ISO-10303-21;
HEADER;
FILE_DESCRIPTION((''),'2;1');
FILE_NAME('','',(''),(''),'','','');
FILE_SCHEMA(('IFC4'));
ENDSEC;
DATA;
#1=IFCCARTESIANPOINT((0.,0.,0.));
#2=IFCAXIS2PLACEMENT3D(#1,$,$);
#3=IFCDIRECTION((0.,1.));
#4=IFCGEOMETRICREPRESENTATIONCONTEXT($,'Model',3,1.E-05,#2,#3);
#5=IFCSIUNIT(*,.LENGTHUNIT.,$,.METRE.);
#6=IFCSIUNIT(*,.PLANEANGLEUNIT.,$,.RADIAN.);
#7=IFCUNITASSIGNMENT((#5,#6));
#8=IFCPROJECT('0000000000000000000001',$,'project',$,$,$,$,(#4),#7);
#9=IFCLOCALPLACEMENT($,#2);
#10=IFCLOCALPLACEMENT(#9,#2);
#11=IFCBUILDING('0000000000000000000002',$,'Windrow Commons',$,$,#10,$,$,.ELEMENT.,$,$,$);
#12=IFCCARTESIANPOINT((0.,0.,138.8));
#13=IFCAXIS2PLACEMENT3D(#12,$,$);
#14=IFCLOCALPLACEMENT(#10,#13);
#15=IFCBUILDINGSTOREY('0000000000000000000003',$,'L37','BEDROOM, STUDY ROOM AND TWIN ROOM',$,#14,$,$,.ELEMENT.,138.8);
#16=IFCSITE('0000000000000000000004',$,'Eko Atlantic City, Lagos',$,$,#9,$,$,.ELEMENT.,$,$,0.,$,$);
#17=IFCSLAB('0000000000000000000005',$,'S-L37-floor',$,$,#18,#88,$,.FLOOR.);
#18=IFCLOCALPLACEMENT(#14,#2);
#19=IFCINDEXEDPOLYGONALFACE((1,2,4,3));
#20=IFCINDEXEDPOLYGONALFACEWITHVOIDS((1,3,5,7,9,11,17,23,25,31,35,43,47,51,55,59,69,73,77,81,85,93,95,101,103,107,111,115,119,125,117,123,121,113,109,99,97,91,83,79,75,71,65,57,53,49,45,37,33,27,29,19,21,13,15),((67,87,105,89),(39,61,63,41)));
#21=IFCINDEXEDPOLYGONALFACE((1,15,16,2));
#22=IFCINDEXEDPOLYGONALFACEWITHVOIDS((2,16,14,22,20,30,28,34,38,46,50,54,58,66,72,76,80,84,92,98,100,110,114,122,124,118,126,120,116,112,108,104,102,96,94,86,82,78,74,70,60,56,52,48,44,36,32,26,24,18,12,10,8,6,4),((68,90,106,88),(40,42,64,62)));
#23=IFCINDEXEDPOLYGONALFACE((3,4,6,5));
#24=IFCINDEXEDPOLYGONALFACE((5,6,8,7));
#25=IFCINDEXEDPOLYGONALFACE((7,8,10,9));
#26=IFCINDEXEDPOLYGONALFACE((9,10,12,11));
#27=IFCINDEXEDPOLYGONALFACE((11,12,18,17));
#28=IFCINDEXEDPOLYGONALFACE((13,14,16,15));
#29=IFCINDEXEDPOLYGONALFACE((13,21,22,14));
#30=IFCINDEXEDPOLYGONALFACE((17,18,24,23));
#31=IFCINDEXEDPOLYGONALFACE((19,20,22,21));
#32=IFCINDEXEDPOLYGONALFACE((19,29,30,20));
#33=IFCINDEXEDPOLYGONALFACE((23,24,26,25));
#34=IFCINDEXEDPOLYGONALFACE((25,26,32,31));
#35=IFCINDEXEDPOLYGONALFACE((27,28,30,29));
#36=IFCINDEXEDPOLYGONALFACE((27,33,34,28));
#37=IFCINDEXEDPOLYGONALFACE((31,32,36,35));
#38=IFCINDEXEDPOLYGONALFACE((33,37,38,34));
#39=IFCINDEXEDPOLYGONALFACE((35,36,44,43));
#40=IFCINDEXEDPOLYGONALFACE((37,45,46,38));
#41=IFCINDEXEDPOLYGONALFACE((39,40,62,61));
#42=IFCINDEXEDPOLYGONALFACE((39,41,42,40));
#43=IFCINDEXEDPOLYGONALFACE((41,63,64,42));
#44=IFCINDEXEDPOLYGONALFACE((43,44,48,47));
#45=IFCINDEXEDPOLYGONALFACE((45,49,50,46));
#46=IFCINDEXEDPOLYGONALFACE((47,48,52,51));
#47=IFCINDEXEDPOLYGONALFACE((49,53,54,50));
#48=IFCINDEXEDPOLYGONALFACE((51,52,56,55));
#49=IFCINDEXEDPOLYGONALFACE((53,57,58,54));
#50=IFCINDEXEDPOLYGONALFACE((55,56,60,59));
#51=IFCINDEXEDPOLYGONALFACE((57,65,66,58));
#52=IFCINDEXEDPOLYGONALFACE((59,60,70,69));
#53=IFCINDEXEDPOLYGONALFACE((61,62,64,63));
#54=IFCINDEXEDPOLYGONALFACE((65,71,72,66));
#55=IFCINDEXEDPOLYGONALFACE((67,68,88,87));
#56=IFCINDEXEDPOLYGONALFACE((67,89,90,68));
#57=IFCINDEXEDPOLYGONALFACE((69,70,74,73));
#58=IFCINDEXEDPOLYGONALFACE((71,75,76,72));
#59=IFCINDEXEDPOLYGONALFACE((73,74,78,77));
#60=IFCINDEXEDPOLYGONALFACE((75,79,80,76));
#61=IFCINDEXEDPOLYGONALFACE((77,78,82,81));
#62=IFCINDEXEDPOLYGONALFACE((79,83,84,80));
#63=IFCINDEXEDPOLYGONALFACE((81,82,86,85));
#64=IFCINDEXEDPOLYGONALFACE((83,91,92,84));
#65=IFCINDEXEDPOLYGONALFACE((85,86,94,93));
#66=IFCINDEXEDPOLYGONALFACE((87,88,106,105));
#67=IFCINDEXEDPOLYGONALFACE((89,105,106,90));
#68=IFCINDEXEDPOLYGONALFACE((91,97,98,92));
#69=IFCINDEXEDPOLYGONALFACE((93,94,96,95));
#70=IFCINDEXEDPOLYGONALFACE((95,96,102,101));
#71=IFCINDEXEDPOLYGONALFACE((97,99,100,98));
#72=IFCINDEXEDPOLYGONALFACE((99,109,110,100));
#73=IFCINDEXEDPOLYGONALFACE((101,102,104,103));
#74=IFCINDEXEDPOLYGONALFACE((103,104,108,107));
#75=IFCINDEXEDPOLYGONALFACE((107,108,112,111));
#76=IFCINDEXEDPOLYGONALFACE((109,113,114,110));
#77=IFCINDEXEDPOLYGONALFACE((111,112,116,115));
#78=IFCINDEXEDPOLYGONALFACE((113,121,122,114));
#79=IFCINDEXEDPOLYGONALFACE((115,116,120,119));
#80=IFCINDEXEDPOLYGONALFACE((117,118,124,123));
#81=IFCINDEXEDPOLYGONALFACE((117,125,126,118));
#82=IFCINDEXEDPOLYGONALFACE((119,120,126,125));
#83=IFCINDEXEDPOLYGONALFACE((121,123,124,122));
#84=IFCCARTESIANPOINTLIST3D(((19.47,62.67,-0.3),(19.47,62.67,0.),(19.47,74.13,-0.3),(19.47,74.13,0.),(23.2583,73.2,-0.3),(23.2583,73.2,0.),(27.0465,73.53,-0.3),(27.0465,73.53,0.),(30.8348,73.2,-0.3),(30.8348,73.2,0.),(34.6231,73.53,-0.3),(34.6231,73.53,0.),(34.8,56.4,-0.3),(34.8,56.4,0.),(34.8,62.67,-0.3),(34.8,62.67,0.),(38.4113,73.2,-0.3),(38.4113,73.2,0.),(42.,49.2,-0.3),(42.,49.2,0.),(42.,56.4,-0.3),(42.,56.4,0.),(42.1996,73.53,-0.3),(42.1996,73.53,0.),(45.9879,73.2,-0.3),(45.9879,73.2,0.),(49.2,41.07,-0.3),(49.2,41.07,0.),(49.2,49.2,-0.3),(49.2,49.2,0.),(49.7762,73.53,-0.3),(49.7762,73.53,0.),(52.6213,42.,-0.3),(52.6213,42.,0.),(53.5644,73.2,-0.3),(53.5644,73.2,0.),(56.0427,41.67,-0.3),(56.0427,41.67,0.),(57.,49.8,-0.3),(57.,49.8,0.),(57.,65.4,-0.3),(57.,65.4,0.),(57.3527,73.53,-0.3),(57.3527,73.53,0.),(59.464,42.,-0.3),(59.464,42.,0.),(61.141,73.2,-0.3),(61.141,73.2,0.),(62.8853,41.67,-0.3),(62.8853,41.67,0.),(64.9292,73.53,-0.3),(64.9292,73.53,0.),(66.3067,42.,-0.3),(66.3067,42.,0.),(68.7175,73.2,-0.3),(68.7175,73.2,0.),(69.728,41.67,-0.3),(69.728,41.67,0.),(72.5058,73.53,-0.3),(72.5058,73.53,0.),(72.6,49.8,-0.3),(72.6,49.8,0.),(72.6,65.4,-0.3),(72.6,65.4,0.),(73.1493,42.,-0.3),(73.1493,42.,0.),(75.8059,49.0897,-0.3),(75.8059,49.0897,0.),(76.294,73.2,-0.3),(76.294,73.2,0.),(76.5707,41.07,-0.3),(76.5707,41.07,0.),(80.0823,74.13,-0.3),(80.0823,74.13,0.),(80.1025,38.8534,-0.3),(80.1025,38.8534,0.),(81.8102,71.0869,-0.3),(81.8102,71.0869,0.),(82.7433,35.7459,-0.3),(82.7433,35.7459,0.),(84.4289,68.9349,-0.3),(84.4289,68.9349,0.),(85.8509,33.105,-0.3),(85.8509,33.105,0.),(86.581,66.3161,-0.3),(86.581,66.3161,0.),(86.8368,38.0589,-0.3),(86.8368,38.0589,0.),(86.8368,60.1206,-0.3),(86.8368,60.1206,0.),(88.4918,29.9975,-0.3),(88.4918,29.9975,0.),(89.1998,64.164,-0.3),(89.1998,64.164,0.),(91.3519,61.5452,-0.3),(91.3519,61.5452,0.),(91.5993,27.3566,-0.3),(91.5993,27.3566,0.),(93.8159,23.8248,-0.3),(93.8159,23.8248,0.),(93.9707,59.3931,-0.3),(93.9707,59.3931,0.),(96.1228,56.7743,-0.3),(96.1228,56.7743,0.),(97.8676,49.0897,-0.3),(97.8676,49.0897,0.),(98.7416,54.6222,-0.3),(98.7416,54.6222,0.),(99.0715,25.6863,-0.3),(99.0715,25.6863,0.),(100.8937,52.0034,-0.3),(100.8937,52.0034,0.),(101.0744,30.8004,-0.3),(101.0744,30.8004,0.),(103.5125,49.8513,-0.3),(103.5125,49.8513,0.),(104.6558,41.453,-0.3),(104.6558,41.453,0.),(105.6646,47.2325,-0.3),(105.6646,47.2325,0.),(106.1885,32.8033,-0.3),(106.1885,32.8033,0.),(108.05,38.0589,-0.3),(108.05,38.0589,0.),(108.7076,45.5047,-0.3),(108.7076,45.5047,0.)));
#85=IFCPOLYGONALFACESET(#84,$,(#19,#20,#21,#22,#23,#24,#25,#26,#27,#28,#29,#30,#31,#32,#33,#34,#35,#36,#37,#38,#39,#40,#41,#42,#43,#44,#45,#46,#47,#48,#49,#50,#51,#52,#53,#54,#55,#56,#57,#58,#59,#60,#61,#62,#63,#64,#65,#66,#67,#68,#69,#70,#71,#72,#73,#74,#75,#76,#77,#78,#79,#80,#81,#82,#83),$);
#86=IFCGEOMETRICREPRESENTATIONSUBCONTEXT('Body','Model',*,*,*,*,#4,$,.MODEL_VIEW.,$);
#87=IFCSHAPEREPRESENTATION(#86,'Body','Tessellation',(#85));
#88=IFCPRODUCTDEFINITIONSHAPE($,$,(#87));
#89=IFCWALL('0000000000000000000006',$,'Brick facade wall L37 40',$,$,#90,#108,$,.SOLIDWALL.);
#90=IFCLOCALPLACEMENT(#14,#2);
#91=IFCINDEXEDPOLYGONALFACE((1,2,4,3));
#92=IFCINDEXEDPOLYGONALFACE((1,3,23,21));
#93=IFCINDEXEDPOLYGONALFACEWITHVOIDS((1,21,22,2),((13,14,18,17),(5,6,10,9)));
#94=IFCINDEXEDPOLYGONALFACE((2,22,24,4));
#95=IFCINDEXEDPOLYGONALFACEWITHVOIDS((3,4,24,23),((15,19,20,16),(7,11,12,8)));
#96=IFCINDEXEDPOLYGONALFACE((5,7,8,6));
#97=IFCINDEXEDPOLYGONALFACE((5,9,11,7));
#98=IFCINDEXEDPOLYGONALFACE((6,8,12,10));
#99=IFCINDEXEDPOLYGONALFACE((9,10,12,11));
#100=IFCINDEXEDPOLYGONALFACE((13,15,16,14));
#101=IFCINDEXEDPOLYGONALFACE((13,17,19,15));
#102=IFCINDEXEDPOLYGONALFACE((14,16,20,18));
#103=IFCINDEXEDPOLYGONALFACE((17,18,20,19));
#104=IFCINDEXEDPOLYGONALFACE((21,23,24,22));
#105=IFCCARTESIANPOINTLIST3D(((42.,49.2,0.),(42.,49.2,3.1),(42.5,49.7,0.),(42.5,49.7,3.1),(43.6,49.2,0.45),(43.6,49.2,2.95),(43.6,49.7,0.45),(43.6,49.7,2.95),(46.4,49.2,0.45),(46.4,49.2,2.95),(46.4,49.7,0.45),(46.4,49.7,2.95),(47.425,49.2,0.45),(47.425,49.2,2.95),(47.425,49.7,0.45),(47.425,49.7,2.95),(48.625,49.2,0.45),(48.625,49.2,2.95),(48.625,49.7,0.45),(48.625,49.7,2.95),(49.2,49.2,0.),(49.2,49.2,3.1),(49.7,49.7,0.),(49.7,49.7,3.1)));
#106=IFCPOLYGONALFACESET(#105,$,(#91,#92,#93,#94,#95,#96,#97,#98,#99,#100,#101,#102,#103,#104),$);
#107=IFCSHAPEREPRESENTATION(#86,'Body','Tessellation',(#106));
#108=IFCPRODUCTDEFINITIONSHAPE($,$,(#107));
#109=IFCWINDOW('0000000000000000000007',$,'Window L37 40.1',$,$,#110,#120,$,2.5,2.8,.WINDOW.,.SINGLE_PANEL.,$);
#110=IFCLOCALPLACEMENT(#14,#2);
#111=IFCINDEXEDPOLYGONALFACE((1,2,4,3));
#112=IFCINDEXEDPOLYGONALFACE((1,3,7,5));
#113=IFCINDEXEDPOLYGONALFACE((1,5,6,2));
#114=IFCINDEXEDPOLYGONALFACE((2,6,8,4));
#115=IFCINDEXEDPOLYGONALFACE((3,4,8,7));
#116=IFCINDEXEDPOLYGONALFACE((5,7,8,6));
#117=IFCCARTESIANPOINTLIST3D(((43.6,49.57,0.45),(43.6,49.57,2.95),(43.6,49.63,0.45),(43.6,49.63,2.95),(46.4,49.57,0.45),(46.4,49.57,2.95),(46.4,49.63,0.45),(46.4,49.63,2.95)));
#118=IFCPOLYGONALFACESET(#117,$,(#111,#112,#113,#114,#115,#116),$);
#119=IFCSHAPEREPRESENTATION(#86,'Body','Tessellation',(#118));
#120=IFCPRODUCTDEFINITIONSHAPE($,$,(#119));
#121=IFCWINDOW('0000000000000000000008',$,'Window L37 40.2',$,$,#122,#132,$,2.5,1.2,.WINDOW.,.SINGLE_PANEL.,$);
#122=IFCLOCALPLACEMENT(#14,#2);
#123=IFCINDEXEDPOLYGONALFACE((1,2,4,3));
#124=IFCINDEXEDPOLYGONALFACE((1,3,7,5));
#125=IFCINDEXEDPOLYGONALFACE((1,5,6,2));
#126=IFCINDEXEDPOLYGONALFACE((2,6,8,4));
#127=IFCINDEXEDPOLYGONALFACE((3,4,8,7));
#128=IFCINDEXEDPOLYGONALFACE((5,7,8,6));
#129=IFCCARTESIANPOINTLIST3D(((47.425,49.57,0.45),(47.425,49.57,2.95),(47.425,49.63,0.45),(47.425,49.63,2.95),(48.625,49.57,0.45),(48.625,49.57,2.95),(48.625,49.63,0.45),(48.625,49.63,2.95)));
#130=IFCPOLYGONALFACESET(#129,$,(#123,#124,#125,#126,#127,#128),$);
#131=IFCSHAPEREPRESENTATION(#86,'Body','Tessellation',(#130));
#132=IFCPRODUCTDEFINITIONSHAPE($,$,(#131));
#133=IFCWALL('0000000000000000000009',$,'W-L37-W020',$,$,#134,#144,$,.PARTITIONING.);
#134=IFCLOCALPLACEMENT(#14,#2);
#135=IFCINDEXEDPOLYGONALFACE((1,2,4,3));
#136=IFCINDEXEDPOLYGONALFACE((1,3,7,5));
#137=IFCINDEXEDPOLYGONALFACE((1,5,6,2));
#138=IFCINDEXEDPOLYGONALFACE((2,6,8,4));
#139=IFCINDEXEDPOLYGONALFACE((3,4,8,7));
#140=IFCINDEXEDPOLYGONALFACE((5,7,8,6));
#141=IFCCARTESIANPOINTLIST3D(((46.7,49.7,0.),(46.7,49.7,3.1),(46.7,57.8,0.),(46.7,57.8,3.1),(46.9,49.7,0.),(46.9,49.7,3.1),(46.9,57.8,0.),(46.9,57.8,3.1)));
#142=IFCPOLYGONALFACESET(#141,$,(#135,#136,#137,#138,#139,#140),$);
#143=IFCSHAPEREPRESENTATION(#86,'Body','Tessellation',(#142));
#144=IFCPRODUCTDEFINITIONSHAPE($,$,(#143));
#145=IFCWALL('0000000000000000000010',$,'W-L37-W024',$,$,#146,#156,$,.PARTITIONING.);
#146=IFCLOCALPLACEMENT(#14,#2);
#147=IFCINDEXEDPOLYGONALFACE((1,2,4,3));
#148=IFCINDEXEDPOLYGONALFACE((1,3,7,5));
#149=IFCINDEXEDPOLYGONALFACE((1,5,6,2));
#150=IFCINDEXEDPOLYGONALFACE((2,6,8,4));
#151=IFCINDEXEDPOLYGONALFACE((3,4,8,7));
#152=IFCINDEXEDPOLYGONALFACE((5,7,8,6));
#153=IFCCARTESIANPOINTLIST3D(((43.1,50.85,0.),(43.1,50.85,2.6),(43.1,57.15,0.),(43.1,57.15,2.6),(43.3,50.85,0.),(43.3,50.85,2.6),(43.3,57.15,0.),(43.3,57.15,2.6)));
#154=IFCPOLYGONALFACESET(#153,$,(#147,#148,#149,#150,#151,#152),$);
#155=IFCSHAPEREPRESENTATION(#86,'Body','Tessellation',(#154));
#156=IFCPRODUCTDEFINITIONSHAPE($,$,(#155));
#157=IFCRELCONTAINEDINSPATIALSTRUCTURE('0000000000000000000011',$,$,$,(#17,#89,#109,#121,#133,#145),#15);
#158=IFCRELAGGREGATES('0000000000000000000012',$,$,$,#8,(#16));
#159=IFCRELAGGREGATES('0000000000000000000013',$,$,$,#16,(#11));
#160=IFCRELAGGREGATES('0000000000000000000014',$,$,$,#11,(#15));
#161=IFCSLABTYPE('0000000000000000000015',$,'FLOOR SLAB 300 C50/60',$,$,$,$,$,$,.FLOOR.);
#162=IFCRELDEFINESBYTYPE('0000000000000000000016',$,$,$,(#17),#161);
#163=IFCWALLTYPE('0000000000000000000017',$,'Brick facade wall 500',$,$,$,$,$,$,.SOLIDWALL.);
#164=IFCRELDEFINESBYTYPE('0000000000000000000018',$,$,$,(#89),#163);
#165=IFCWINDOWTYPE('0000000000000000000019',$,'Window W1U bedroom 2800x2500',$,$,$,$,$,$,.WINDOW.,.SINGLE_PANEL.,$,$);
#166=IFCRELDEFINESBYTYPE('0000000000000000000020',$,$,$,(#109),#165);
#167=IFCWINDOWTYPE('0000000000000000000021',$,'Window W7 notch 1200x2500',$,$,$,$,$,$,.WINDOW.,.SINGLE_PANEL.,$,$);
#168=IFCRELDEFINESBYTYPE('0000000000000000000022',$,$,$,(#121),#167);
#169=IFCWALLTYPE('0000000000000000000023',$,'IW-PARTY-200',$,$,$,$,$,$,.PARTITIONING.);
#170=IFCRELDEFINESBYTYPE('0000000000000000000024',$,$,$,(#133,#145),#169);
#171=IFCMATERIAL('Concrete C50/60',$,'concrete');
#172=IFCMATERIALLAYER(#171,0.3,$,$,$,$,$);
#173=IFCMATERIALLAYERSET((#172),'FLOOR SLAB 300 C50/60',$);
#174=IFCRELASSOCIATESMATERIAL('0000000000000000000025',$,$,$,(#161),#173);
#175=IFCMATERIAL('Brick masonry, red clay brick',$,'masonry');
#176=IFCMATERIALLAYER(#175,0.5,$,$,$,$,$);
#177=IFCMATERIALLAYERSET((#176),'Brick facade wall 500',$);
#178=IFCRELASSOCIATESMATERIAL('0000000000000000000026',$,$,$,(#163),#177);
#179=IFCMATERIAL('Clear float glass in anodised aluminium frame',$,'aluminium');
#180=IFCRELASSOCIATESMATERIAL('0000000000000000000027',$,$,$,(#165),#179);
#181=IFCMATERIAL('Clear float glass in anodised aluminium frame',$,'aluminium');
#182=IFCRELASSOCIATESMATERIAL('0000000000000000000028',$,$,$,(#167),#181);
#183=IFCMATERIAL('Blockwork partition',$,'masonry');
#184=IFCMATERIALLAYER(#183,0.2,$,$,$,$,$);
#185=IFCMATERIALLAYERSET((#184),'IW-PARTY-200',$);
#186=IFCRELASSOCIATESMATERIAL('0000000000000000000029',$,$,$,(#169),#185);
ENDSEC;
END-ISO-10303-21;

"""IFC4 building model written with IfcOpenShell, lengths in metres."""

from ifc_helpers import new_model, si_unit, direction, frame, frame_2d, origin, place, context, subcontext, project, spatial, polyline, rectangle, outline, extrude, material, layer, layer_set, type_object, element, fill, save


model = new_model("IFC4")

# Units and contexts
model_context = context("Model", 3, precision=1e-05, world=origin(), true_north=direction((0.0, 1.0)))
body_context = subcontext(model_context, "Body", "Model", "MODEL_VIEW")
ifc_project = project(units=[si_unit("LENGTHUNIT", "METRE"), si_unit("PLANEANGLEUNIT", "RADIAN")], contexts=[model_context])

# Site, building, storey
site_placement = place(None, origin())
site = spatial("IfcSite", under=ifc_project, at=site_placement, Name="Eko Atlantic City, Lagos", CompositionType="ELEMENT", RefElevation=0.0)
building_placement = place(site_placement, origin())
building = spatial("IfcBuilding", under=site, at=building_placement, Name="Windrow Commons", CompositionType="ELEMENT")
storey_placement = place(building_placement, frame((0.0, 0.0, 138.8)))
storey = spatial("IfcBuildingStorey", under=building, at=storey_placement, Name="L37", Description="BEDROOM, STUDY ROOM AND TWIN ROOM", CompositionType="ELEMENT", Elevation=138.8)

# Shared definitions
placement_1 = place(storey_placement, frame((0.0, 0.0, -0.3)))

# Slab, openings
ifc_material_1 = material(Name="Concrete C50/60", Category="concrete")
ifc_layer_1 = layer(ifc_material_1, 0.3)
ifc_layer_set_1 = layer_set([ifc_layer_1], Name="FLOOR SLAB 300 C50/60")
slab_type_1 = type_object("IfcSlabType", Name="FLOOR SLAB 300 C50/60", PredefinedType="FLOOR", material=ifc_layer_set_1)
slab_1 = element("IfcSlab", 1, at=placement_1, inside=storey, type_object=slab_type_1, Name="S-L37-floor", PredefinedType="FLOOR", context=body_context, shape_type="SweptSolid", body=[
    extrude(outline(polyline([(91.5993, 27.3566), (93.8159, 23.8248), (99.0715, 25.6863), (101.0744, 30.8004), (106.1885, 32.8033), (108.05, 38.0589), (104.6558, 41.453), (108.7076, 45.5047), (105.6646, 47.2325), (103.5125, 49.8513), (100.8937, 52.0034), (98.7416, 54.6222), (96.1228, 56.7743), (93.9707, 59.3931), (91.3519, 61.5452), (89.1998, 64.164), (86.581, 66.3161), (84.4289, 68.9349), (81.8102, 71.0869), (80.0823, 74.13), (76.294, 73.2), (72.5058, 73.53), (68.7175, 73.2), (64.9292, 73.53), (61.141, 73.2), (57.3527, 73.53), (53.5644, 73.2), (49.7762, 73.53), (45.9879, 73.2), (42.1996, 73.53), (38.4113, 73.2), (34.6231, 73.53), (30.8348, 73.2), (27.0465, 73.53), (23.2583, 73.2), (19.47, 74.13), (19.47, 62.67), (34.8, 62.67), (34.8, 56.4), (42.0, 56.4), (42.0, 49.2), (49.2, 49.2), (49.2, 41.07), (52.6213, 42.0), (56.0427, 41.67), (59.464, 42.0), (62.8853, 41.67), (66.3067, 42.0), (69.728, 41.67), (73.1493, 42.0), (76.5707, 41.07), (80.1025, 38.8534), (82.7433, 35.7459), (85.8509, 33.105), (88.4918, 29.9975), (91.5993, 27.3566)]), holes=[polyline([(75.8059, 49.0897), (86.8368, 60.1206), (97.8676, 49.0897), (86.8368, 38.0589), (75.8059, 49.0897)]), polyline([(57.0, 49.8), (57.0, 65.4), (72.6, 65.4), (72.6, 49.8), (57.0, 49.8)])]), origin(), (0.0, 0.0, 1.0), 0.3),
])
opening_1_placement = place(placement_1, origin())
element("IfcOpeningElement", 2, at=opening_1_placement, cuts=slab_1, PredefinedType="OPENING", context=body_context, shape_type="SweptSolid", body=[
    extrude(outline(polyline([(75.813, 49.0897), (86.8368, 60.1135), (97.8605, 49.0897), (86.8368, 38.066), (75.813, 49.0897)])), origin(), (0.0, 0.0, 1.0), 0.3),
])
opening_2_placement = place(placement_1, origin())
element("IfcOpeningElement", 3, at=opening_2_placement, cuts=slab_1, PredefinedType="OPENING", context=body_context, shape_type="SweptSolid", body=[
    extrude(outline(polyline([(57.005, 49.805), (57.005, 65.395), (72.595, 65.395), (72.595, 49.805), (57.005, 49.805)])), origin(), (0.0, 0.0, 1.0), 0.3),
])

# Wall, openings, windows
ifc_material_2 = material(Name="Brick masonry, red clay brick", Category="masonry")
ifc_layer_2 = layer(ifc_material_2, 0.5)
ifc_layer_set_2 = layer_set([ifc_layer_2], Name="Brick facade wall 500")
wall_type_1 = type_object("IfcWallType", Name="Brick facade wall 500", PredefinedType="SOLIDWALL", material=ifc_layer_set_2)
wall_1_placement = place(storey_placement, frame((42.25, 49.45, 0.0), z_axis=(0.0, 0.0, 1.0), x_axis=(1.0, 0.0, 0.0)))
wall_1 = element("IfcWall", 4, at=wall_1_placement, inside=storey, type_object=wall_type_1, Name="Brick facade wall L37 40", PredefinedType="SOLIDWALL", context=body_context, shape_type="SweptSolid", body=[
    extrude(outline(polyline([(-0.25, -0.25), (6.95, -0.25), (7.45, 0.25), (0.25, 0.25), (-0.25, -0.25)])), origin(), (0.0, 0.0, 1.0), 3.1),
])
opening_3_placement = place(wall_1_placement, frame((1.35, 0.0, 0.45)))
opening_3 = element("IfcOpeningElement", 5, at=opening_3_placement, cuts=wall_1, PredefinedType="OPENING", context=body_context, shape_type="SweptSolid", body=[
    extrude(rectangle(XDim=2.8, YDim=2.5, at=frame_2d((1.4, 1.25))), frame((0.0, 0.26, 0.0), z_axis=(0.0, -1.0, 0.0), x_axis=(1.0, 0.0, 0.0)), (0.0, 0.0, 1.0), 0.52),
])
opening_4_placement = place(wall_1_placement, frame((5.175, 0.0, 0.45)))
opening_4 = element("IfcOpeningElement", 6, at=opening_4_placement, cuts=wall_1, PredefinedType="OPENING", context=body_context, shape_type="SweptSolid", body=[
    extrude(rectangle(XDim=1.2, YDim=2.5, at=frame_2d((0.6, 1.25))), frame((0.0, 0.26, 0.0), z_axis=(0.0, -1.0, 0.0), x_axis=(1.0, 0.0, 0.0)), (0.0, 0.0, 1.0), 0.52),
])
ifc_material_3 = material(Name="Clear float glass in anodised aluminium frame", Category="aluminium")
window_type_1 = type_object("IfcWindowType", Name="Window W1U bedroom 2800x2500", PartitioningType="SINGLE_PANEL", PredefinedType="WINDOW", material=ifc_material_3)
window_1_placement = place(opening_3_placement, origin())
window_1 = element("IfcWindow", 7, at=window_1_placement, inside=storey, type_object=window_type_1, Name="Window L37 40.1", OverallHeight=2.5, OverallWidth=2.8, PartitioningType="SINGLE_PANEL", PredefinedType="WINDOW", context=body_context, shape_type="SweptSolid", body=[
    extrude(rectangle(XDim=2.8, YDim=2.5, at=frame_2d((1.4, 1.25))), frame((0.0, 0.18, 0.0), z_axis=(0.0, -1.0, 0.0), x_axis=(1.0, 0.0, 0.0)), (0.0, 0.0, 1.0), 0.06),
])
fill(opening_3, window_1)
ifc_material_4 = material(Name="Clear float glass in anodised aluminium frame", Category="aluminium")
window_type_2 = type_object("IfcWindowType", Name="Window W7 notch 1200x2500", PartitioningType="SINGLE_PANEL", PredefinedType="WINDOW", material=ifc_material_4)
window_2_placement = place(opening_4_placement, origin())
window_2 = element("IfcWindow", 8, at=window_2_placement, inside=storey, type_object=window_type_2, Name="Window L37 40.2", OverallHeight=2.5, OverallWidth=1.2, PartitioningType="SINGLE_PANEL", PredefinedType="WINDOW", context=body_context, shape_type="SweptSolid", body=[
    extrude(rectangle(XDim=1.2, YDim=2.5, at=frame_2d((0.6, 1.25))), frame((0.0, 0.18, 0.0), z_axis=(0.0, -1.0, 0.0), x_axis=(1.0, 0.0, 0.0)), (0.0, 0.0, 1.0), 0.06),
])
fill(opening_4, window_2)

# Walls
ifc_material_5 = material(Name="Blockwork partition", Category="masonry")
ifc_layer_3 = layer(ifc_material_5, 0.2)
ifc_layer_set_3 = layer_set([ifc_layer_3], Name="IW-PARTY-200")
wall_type_2 = type_object("IfcWallType", Name="IW-PARTY-200", PredefinedType="PARTITIONING", material=ifc_layer_set_3)
wall_2_placement = place(storey_placement, frame((46.8, 49.7, 0.0), z_axis=(0.0, 0.0, 1.0), x_axis=(0.0, 1.0, 0.0)))
element("IfcWall", 9, at=wall_2_placement, inside=storey, type_object=wall_type_2, Name="W-L37-W020", PredefinedType="PARTITIONING", context=body_context, shape_type="SweptSolid", body=[
    extrude(rectangle(XDim=8.1, YDim=0.2, at=frame_2d((4.05, 0.0))), origin(), (0.0, 0.0, 1.0), 3.1),
])
wall_3_placement = place(storey_placement, frame((43.2, 50.85, 0.0), z_axis=(0.0, 0.0, 1.0), x_axis=(0.0, 1.0, 0.0)))
element("IfcWall", 10, at=wall_3_placement, inside=storey, type_object=wall_type_2, Name="W-L37-W024", PredefinedType="PARTITIONING", context=body_context, shape_type="SweptSolid", body=[
    extrude(rectangle(XDim=6.3, YDim=0.2, at=frame_2d((3.15, 0.0))), origin(), (0.0, 0.0, 1.0), 2.6),
])

save(model, "model.ifc")
